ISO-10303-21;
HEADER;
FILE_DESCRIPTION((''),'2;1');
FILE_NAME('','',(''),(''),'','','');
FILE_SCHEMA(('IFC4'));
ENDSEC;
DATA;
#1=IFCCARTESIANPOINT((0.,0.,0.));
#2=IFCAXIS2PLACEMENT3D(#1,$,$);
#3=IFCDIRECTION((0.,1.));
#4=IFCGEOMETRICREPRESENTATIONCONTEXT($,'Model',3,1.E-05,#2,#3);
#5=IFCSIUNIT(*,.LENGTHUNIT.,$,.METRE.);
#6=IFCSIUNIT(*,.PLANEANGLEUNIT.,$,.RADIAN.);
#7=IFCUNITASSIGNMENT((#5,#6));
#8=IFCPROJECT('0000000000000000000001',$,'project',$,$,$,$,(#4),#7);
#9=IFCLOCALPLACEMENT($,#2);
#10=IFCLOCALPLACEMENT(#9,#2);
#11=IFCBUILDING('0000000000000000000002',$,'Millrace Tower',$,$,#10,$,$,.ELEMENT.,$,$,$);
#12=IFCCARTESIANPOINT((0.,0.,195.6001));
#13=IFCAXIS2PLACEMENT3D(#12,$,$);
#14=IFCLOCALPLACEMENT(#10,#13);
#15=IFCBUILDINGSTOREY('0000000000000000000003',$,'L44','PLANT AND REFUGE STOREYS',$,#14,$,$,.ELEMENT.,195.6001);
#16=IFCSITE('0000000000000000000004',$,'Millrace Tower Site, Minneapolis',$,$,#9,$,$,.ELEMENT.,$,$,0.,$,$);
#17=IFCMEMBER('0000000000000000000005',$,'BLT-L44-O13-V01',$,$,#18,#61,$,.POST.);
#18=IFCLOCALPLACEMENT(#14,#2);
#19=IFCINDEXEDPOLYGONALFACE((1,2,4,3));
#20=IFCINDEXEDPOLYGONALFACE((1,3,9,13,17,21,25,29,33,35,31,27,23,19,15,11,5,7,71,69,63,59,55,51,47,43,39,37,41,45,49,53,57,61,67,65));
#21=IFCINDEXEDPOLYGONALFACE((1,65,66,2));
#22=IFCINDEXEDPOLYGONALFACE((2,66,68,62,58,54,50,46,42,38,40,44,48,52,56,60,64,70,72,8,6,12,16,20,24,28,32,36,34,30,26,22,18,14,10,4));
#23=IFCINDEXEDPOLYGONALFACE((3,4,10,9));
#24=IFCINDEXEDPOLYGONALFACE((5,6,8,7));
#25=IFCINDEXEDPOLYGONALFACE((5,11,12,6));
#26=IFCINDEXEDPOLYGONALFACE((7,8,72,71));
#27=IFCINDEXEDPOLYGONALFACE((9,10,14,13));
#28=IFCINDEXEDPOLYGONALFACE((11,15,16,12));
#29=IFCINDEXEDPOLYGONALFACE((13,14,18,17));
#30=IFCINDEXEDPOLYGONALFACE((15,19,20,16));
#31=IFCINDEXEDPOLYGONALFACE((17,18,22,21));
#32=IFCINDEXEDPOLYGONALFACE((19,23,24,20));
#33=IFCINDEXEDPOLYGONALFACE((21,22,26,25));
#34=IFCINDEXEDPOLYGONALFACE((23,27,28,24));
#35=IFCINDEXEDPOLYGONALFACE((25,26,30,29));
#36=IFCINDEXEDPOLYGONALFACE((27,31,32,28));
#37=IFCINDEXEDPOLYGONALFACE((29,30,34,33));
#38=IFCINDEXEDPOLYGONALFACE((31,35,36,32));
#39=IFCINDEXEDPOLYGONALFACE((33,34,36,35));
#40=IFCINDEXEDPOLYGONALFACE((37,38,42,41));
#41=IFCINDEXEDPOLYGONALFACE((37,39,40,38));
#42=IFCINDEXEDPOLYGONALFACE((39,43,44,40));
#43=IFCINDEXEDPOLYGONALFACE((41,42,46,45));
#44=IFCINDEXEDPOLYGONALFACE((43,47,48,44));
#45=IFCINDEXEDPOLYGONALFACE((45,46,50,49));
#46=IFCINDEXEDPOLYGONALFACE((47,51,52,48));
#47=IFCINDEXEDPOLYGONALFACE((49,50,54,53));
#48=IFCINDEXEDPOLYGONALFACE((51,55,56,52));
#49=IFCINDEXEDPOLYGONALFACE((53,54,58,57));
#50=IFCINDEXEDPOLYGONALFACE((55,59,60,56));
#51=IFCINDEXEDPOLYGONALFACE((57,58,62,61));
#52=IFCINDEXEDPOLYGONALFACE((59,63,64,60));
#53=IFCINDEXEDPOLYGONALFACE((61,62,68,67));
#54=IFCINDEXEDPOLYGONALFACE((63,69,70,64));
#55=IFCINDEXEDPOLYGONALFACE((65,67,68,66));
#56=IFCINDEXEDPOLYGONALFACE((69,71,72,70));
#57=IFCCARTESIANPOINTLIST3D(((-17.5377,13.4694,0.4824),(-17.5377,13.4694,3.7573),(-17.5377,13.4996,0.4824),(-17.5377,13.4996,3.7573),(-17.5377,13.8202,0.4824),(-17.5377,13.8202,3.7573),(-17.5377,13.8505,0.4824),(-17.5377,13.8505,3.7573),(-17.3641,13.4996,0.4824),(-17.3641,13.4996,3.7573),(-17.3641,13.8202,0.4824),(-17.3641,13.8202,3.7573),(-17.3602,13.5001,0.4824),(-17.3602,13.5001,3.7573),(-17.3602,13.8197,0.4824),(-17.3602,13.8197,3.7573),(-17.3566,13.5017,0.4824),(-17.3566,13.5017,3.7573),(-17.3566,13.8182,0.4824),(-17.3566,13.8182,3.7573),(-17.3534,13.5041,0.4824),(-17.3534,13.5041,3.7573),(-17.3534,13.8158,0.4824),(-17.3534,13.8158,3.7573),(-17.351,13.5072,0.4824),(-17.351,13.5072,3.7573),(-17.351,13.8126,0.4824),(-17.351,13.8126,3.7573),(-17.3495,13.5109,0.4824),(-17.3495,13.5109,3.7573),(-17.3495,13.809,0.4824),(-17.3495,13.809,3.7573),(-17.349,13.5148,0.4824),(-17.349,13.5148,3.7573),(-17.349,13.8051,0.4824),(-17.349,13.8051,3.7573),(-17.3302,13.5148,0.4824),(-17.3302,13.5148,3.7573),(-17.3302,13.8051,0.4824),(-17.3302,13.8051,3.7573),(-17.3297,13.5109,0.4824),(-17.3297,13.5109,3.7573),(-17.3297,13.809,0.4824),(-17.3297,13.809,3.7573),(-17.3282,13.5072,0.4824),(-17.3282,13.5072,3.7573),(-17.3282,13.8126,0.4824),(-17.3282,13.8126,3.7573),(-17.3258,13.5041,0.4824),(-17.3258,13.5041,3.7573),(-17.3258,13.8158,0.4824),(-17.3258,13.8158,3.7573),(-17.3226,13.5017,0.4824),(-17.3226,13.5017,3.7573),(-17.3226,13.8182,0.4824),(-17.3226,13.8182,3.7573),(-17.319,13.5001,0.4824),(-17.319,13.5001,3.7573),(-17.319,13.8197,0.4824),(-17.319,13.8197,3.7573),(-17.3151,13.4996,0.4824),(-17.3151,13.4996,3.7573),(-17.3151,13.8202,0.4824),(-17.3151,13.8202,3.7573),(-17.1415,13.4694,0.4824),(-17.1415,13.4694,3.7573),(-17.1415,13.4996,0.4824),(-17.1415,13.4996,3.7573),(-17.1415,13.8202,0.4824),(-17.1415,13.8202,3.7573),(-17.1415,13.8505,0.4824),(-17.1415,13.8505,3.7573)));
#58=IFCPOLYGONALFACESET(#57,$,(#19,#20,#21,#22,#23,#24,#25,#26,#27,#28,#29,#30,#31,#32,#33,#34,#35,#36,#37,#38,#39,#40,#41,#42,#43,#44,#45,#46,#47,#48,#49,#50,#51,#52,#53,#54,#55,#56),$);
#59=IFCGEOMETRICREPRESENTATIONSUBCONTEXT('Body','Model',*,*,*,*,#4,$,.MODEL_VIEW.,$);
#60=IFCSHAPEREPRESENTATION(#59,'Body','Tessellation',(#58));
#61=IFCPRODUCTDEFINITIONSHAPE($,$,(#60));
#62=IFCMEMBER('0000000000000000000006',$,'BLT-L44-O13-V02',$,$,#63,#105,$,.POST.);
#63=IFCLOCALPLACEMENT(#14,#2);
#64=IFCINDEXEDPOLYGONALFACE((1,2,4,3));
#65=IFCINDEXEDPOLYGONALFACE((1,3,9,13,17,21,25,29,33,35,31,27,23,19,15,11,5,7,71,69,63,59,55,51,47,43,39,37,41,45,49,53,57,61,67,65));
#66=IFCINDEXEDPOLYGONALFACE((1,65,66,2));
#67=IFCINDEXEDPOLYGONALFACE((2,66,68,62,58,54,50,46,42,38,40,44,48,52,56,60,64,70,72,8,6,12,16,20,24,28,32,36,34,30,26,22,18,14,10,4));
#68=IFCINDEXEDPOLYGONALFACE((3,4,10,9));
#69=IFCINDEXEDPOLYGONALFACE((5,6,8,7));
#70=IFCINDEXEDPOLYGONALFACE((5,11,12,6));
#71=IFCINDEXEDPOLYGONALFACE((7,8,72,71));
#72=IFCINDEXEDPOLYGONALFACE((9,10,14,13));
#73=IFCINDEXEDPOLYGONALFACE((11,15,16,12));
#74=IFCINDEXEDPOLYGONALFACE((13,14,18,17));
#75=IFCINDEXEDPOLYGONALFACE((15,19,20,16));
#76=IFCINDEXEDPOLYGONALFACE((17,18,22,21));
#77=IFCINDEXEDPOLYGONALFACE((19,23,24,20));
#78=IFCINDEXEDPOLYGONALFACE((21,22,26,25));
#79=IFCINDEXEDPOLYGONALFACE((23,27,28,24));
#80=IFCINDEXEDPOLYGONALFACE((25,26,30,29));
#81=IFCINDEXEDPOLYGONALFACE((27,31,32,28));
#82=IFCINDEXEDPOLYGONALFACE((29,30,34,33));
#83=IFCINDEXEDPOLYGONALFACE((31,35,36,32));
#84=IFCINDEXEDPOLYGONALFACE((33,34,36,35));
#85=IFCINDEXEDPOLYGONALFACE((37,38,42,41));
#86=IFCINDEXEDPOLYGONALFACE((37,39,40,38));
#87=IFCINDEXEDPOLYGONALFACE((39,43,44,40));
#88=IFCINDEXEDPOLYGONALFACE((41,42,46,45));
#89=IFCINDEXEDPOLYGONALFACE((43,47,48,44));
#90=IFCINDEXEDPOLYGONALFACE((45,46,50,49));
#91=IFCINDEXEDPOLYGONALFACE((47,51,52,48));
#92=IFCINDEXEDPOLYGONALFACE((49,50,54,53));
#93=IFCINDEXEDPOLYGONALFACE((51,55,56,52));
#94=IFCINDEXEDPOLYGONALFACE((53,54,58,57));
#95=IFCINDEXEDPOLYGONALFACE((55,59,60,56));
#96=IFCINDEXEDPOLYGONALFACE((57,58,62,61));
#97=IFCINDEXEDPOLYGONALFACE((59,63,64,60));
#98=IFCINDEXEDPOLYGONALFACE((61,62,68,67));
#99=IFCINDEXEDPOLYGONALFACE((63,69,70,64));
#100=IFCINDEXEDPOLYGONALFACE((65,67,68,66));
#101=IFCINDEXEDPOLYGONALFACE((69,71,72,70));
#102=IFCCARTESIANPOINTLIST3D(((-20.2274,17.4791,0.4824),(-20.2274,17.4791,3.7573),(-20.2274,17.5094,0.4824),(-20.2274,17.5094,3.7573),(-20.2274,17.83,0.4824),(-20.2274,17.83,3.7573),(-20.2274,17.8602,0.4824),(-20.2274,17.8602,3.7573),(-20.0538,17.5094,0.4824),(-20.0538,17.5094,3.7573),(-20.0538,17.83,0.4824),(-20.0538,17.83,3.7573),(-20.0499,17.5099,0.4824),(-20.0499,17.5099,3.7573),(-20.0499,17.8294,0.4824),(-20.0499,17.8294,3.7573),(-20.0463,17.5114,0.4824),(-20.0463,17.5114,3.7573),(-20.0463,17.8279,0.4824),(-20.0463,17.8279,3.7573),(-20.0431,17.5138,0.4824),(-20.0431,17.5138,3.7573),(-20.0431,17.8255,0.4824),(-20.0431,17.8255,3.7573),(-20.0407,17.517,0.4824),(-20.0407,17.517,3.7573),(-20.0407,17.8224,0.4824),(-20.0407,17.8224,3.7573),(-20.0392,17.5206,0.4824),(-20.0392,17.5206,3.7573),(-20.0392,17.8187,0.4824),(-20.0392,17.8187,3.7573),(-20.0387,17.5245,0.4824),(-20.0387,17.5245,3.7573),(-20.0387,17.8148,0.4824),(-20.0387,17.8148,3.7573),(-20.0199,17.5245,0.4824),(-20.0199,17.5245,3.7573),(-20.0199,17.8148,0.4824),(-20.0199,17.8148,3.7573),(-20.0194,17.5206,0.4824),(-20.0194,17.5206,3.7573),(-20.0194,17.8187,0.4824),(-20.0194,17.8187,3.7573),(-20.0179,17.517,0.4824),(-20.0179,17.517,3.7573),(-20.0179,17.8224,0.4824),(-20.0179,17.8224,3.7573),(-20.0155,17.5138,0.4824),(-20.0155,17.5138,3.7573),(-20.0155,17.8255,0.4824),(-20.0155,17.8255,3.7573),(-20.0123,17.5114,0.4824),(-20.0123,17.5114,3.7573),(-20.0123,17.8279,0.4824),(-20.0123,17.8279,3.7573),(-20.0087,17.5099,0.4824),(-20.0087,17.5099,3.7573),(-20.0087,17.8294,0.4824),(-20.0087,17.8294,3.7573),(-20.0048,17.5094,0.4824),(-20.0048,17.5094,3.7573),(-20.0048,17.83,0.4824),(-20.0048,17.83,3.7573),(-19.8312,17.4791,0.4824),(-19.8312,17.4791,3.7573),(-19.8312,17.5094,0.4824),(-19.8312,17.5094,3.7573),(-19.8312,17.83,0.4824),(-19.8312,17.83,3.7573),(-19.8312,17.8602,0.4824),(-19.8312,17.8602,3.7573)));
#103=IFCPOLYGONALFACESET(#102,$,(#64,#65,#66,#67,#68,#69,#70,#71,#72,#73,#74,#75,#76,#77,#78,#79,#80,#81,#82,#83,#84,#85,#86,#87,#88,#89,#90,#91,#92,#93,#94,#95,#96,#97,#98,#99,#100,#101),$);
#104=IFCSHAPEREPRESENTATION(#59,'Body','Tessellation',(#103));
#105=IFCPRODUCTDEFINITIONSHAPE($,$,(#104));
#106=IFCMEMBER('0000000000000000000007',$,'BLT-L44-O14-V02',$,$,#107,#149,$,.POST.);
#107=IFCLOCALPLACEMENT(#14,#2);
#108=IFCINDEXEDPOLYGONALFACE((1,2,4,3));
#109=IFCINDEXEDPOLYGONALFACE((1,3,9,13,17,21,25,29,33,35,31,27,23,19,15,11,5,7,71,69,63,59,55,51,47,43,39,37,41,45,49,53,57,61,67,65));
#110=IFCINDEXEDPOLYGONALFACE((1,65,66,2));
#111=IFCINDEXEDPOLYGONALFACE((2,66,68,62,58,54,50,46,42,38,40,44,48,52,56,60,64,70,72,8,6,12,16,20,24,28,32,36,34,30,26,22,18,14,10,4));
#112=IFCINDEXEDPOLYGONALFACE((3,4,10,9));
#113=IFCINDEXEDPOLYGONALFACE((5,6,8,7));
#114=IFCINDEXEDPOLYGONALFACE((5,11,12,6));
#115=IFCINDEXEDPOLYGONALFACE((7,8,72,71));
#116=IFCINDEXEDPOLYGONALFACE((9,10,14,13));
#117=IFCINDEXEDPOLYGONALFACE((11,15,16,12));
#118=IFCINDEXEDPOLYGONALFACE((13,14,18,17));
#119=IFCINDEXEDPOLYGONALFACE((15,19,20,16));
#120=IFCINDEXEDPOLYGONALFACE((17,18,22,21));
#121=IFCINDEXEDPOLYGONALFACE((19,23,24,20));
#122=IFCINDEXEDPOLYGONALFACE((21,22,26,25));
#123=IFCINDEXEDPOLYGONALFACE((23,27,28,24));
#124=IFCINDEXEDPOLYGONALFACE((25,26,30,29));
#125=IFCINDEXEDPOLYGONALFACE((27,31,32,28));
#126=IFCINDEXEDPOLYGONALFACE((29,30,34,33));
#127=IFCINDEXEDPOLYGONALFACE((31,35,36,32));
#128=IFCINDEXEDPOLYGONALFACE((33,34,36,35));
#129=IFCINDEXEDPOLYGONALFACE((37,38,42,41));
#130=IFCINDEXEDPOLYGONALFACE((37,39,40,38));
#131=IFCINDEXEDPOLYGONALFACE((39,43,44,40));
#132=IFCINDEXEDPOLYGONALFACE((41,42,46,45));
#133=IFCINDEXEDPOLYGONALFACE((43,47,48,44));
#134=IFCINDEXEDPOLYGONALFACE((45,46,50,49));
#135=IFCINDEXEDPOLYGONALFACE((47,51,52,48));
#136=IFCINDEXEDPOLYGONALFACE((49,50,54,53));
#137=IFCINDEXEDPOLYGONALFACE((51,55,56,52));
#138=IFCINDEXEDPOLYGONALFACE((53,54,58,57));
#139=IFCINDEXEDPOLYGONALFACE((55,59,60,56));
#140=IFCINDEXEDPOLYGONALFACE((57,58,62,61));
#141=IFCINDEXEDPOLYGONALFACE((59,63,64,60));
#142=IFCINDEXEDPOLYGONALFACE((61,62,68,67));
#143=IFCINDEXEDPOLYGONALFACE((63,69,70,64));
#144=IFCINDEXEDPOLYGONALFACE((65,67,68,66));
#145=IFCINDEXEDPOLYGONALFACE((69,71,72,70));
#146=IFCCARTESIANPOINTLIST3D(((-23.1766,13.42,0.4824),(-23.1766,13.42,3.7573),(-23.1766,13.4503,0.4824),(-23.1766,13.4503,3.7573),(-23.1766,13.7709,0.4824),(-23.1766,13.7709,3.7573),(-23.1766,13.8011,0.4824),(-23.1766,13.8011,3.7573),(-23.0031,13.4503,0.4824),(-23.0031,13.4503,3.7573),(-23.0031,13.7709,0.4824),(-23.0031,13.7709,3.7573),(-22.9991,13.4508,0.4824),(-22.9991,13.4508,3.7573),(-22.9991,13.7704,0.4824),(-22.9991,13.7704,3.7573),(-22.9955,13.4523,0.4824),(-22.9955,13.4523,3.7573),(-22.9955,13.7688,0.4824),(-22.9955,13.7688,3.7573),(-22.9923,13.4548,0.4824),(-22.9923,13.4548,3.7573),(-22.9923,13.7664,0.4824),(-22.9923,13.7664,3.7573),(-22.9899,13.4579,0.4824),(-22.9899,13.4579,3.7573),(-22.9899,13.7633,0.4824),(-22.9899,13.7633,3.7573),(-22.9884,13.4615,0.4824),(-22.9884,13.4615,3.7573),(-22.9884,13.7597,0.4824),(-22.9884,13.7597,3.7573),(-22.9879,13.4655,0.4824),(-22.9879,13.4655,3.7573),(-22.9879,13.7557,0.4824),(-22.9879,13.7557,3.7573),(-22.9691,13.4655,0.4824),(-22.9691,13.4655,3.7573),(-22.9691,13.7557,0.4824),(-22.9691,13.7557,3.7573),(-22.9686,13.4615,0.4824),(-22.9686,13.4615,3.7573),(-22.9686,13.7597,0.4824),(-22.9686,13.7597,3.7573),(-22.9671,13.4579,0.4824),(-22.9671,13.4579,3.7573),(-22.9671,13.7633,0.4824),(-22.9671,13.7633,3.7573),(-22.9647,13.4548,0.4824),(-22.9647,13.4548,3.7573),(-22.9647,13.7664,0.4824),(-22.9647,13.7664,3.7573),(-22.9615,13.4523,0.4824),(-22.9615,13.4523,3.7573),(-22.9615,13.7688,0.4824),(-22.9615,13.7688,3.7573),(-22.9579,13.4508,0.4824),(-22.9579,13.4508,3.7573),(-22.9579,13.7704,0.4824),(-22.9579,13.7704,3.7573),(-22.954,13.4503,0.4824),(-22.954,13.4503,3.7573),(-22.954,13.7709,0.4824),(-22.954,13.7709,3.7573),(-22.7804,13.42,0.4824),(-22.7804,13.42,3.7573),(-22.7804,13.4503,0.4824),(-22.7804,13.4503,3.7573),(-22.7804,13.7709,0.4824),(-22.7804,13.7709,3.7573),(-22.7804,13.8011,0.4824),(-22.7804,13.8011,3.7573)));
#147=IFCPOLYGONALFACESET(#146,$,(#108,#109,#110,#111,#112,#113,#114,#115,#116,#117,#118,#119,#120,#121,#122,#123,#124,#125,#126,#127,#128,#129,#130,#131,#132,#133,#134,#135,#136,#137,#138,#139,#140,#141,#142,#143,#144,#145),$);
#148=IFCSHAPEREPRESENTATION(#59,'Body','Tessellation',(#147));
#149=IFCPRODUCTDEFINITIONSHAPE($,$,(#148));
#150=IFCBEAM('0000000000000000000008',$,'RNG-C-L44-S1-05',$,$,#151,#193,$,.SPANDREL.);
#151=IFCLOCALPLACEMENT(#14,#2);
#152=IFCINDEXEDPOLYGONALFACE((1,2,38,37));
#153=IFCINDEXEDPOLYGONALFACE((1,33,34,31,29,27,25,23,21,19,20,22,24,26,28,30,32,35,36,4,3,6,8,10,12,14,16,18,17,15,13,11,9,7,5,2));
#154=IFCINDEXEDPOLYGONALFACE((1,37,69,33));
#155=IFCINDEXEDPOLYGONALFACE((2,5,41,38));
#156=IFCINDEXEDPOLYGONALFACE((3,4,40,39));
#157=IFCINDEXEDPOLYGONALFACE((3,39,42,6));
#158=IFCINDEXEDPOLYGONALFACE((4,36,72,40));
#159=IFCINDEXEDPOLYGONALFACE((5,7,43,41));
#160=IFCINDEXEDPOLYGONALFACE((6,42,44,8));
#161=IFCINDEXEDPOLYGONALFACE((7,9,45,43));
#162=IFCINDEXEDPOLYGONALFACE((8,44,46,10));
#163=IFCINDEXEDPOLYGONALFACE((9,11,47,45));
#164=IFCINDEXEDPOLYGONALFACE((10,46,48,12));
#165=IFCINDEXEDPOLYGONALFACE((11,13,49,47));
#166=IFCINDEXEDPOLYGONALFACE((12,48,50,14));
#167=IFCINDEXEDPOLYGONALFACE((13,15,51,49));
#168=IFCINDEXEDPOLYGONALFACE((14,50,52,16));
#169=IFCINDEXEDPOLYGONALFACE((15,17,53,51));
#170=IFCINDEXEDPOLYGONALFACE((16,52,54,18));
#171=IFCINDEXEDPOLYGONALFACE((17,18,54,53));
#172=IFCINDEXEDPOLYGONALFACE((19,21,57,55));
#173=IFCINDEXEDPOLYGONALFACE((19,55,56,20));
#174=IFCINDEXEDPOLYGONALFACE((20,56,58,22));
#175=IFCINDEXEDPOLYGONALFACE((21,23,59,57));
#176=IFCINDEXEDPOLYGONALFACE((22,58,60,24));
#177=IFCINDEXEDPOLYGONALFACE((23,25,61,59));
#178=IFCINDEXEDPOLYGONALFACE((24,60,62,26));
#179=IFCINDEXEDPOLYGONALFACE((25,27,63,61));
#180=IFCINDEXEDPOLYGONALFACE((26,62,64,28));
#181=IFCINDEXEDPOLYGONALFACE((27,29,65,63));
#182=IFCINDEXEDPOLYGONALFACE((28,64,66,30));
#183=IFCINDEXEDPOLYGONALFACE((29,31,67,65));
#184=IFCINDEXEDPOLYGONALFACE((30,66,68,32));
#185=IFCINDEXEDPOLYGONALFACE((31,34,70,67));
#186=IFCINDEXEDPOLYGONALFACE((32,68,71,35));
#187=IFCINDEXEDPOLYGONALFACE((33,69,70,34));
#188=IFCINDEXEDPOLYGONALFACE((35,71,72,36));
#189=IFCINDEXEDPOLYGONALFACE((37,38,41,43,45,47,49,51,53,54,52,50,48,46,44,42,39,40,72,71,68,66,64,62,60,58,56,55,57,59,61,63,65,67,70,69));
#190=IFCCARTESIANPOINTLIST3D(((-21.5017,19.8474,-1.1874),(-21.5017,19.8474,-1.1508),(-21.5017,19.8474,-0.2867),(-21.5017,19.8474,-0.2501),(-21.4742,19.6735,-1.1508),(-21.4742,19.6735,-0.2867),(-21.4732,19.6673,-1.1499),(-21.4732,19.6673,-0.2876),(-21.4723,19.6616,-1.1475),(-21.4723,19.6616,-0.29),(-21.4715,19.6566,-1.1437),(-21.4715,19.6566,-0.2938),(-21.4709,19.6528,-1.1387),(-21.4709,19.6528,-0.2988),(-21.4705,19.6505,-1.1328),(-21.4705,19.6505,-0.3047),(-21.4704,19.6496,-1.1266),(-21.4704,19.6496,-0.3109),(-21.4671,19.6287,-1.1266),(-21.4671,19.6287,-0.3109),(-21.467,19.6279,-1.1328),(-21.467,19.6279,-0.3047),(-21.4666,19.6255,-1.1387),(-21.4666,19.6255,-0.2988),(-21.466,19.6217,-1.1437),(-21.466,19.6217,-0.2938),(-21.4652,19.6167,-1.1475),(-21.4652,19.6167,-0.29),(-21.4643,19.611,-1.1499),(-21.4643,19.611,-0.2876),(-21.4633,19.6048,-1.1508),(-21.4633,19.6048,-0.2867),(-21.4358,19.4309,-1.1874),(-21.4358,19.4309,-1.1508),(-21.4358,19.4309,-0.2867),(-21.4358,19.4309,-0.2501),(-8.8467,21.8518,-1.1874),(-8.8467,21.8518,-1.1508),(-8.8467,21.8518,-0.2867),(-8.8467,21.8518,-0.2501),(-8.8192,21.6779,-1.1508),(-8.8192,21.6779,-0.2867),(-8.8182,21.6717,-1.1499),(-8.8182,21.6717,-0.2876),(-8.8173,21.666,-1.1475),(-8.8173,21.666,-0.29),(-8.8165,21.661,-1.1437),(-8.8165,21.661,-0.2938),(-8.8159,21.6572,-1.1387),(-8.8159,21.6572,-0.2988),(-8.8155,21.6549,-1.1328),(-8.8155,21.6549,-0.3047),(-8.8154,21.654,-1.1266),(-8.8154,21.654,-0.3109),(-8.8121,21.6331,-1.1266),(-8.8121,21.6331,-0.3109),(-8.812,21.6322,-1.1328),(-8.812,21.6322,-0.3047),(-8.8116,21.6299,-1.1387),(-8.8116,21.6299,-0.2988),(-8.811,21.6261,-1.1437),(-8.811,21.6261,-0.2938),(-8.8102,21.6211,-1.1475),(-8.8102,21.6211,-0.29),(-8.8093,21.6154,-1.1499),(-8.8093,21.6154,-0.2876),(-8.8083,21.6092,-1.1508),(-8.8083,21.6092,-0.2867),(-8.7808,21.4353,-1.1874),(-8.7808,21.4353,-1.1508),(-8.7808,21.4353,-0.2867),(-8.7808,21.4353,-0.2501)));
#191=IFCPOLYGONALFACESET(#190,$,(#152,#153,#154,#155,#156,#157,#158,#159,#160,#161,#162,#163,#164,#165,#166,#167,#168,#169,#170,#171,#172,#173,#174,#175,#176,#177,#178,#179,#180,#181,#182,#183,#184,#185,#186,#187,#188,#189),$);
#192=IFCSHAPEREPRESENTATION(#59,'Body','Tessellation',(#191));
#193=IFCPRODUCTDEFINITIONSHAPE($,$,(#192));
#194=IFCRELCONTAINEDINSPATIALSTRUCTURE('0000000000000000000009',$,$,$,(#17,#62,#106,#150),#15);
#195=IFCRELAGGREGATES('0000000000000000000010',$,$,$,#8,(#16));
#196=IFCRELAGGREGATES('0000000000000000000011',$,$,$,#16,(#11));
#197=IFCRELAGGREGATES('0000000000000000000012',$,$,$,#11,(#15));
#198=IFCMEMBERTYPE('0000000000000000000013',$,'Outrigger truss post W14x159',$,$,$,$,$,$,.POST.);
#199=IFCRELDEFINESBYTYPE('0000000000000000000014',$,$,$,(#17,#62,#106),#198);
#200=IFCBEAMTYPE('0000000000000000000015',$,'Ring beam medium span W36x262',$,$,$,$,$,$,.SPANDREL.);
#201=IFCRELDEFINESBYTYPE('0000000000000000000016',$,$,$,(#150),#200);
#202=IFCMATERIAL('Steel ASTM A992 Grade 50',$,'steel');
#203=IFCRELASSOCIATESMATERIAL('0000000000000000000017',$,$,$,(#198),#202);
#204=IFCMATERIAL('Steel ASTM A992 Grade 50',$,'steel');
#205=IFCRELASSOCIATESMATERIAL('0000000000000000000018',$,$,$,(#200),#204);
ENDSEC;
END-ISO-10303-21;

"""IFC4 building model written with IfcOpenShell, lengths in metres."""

from ifc_helpers import new_model, si_unit, direction, frame, origin, origin_2d, place, context, subcontext, project, spatial, i_section, extrude, material, material_profile, profile_set, type_object, element, save


model = new_model("IFC4")

# Units and contexts
model_context = context("Model", 3, precision=1e-05, world=origin(), true_north=direction((0.0, 1.0)))
body_context = subcontext(model_context, "Body", "Model", "MODEL_VIEW")
ifc_project = project(units=[si_unit("LENGTHUNIT", "METRE"), si_unit("PLANEANGLEUNIT", "RADIAN")], contexts=[model_context])

# Site, building, storey
site_placement = place(None, origin())
site = spatial("IfcSite", under=ifc_project, at=site_placement, Name="Millrace Tower Site, Minneapolis", CompositionType="ELEMENT", RefElevation=0.0)
building_placement = place(site_placement, origin())
building = spatial("IfcBuilding", under=site, at=building_placement, Name="Millrace Tower", CompositionType="ELEMENT")
storey_placement = place(building_placement, frame((0.0, 0.0, 195.6001)))
storey = spatial("IfcBuildingStorey", under=building, at=storey_placement, Name="L44", Description="PLANT AND REFUGE STOREYS", CompositionType="ELEMENT", Elevation=195.6001)

# Members
ifc_material_1 = material(Name="Steel ASTM A992 Grade 50", Category="steel")
ifc_material_profile_1 = material_profile(ifc_material_1, i_section(OverallWidth=0.3962, OverallDepth=0.3811, WebThickness=0.0188, FlangeThickness=0.0303, FilletRadius=0.0151, at=origin_2d()))
ifc_profile_set_1 = profile_set([ifc_material_profile_1], Name="Steel ASTM A992 Grade 50")
member_type_1 = type_object("IfcMemberType", Name="Outrigger truss post W14x159", PredefinedType="POST", material=ifc_profile_set_1)
for number, where, z_axis, x_axis, name in (
    (1, (-17.3396, 13.6599, 0.4824), (0.0, 0.0, 1.0), (1.0, 0.0, 0.0), "BLT-L44-O13-V01"),
    (2, (-20.0293, 17.6697, 0.4824), (0.0, 0.0, 1.0), (1.0, 0.0, 0.0), "BLT-L44-O13-V02"),
    (3, (-22.9785, 13.6106, 0.4824), (0.0, 0.0, 1.0), (1.0, 0.0, 0.0), "BLT-L44-O14-V02"),
):
    element("IfcMember", number, at=place(storey_placement, frame(where, z_axis=z_axis, x_axis=x_axis)), inside=storey, type_object=member_type_1, Name=name, PredefinedType="POST", context=body_context, shape_type="SweptSolid", body=[
        extrude(i_section(OverallWidth=0.3962, OverallDepth=0.3811, WebThickness=0.0188, FlangeThickness=0.0303, FilletRadius=0.0151, at=origin_2d()), origin(), (0.0, 0.0, 1.0), 3.2749),
    ])

# Beam
ifc_material_2 = material(Name="Steel ASTM A992 Grade 50", Category="steel")
ifc_material_profile_2 = material_profile(ifc_material_2, i_section(OverallWidth=0.4216, OverallDepth=0.9373, WebThickness=0.0212, FlangeThickness=0.0366, FilletRadius=0.0242, at=origin_2d()))
ifc_profile_set_2 = profile_set([ifc_material_profile_2], Name="Steel ASTM A992 Grade 50")
beam_type_1 = type_object("IfcBeamType", Name="Ring beam medium span W36x262", PredefinedType="SPANDREL", material=ifc_profile_set_2)
beam_1_placement = place(storey_placement, frame((-21.4688, 19.6392, -0.7188), z_axis=(0.987688, 0.156437, 0.0), x_axis=(-0.156437, 0.987688, 0.0)))
element("IfcBeam", 4, at=beam_1_placement, inside=storey, type_object=beam_type_1, Name="RNG-C-L44-S1-05", PredefinedType="SPANDREL", context=body_context, shape_type="SweptSolid", body=[
    extrude(i_section(OverallWidth=0.4216, OverallDepth=0.9373, WebThickness=0.0212, FlangeThickness=0.0366, FilletRadius=0.0242, at=origin_2d()), origin(), (0.0, 0.0, 1.0), 12.8127),
])

save(model, "model.ifc")
